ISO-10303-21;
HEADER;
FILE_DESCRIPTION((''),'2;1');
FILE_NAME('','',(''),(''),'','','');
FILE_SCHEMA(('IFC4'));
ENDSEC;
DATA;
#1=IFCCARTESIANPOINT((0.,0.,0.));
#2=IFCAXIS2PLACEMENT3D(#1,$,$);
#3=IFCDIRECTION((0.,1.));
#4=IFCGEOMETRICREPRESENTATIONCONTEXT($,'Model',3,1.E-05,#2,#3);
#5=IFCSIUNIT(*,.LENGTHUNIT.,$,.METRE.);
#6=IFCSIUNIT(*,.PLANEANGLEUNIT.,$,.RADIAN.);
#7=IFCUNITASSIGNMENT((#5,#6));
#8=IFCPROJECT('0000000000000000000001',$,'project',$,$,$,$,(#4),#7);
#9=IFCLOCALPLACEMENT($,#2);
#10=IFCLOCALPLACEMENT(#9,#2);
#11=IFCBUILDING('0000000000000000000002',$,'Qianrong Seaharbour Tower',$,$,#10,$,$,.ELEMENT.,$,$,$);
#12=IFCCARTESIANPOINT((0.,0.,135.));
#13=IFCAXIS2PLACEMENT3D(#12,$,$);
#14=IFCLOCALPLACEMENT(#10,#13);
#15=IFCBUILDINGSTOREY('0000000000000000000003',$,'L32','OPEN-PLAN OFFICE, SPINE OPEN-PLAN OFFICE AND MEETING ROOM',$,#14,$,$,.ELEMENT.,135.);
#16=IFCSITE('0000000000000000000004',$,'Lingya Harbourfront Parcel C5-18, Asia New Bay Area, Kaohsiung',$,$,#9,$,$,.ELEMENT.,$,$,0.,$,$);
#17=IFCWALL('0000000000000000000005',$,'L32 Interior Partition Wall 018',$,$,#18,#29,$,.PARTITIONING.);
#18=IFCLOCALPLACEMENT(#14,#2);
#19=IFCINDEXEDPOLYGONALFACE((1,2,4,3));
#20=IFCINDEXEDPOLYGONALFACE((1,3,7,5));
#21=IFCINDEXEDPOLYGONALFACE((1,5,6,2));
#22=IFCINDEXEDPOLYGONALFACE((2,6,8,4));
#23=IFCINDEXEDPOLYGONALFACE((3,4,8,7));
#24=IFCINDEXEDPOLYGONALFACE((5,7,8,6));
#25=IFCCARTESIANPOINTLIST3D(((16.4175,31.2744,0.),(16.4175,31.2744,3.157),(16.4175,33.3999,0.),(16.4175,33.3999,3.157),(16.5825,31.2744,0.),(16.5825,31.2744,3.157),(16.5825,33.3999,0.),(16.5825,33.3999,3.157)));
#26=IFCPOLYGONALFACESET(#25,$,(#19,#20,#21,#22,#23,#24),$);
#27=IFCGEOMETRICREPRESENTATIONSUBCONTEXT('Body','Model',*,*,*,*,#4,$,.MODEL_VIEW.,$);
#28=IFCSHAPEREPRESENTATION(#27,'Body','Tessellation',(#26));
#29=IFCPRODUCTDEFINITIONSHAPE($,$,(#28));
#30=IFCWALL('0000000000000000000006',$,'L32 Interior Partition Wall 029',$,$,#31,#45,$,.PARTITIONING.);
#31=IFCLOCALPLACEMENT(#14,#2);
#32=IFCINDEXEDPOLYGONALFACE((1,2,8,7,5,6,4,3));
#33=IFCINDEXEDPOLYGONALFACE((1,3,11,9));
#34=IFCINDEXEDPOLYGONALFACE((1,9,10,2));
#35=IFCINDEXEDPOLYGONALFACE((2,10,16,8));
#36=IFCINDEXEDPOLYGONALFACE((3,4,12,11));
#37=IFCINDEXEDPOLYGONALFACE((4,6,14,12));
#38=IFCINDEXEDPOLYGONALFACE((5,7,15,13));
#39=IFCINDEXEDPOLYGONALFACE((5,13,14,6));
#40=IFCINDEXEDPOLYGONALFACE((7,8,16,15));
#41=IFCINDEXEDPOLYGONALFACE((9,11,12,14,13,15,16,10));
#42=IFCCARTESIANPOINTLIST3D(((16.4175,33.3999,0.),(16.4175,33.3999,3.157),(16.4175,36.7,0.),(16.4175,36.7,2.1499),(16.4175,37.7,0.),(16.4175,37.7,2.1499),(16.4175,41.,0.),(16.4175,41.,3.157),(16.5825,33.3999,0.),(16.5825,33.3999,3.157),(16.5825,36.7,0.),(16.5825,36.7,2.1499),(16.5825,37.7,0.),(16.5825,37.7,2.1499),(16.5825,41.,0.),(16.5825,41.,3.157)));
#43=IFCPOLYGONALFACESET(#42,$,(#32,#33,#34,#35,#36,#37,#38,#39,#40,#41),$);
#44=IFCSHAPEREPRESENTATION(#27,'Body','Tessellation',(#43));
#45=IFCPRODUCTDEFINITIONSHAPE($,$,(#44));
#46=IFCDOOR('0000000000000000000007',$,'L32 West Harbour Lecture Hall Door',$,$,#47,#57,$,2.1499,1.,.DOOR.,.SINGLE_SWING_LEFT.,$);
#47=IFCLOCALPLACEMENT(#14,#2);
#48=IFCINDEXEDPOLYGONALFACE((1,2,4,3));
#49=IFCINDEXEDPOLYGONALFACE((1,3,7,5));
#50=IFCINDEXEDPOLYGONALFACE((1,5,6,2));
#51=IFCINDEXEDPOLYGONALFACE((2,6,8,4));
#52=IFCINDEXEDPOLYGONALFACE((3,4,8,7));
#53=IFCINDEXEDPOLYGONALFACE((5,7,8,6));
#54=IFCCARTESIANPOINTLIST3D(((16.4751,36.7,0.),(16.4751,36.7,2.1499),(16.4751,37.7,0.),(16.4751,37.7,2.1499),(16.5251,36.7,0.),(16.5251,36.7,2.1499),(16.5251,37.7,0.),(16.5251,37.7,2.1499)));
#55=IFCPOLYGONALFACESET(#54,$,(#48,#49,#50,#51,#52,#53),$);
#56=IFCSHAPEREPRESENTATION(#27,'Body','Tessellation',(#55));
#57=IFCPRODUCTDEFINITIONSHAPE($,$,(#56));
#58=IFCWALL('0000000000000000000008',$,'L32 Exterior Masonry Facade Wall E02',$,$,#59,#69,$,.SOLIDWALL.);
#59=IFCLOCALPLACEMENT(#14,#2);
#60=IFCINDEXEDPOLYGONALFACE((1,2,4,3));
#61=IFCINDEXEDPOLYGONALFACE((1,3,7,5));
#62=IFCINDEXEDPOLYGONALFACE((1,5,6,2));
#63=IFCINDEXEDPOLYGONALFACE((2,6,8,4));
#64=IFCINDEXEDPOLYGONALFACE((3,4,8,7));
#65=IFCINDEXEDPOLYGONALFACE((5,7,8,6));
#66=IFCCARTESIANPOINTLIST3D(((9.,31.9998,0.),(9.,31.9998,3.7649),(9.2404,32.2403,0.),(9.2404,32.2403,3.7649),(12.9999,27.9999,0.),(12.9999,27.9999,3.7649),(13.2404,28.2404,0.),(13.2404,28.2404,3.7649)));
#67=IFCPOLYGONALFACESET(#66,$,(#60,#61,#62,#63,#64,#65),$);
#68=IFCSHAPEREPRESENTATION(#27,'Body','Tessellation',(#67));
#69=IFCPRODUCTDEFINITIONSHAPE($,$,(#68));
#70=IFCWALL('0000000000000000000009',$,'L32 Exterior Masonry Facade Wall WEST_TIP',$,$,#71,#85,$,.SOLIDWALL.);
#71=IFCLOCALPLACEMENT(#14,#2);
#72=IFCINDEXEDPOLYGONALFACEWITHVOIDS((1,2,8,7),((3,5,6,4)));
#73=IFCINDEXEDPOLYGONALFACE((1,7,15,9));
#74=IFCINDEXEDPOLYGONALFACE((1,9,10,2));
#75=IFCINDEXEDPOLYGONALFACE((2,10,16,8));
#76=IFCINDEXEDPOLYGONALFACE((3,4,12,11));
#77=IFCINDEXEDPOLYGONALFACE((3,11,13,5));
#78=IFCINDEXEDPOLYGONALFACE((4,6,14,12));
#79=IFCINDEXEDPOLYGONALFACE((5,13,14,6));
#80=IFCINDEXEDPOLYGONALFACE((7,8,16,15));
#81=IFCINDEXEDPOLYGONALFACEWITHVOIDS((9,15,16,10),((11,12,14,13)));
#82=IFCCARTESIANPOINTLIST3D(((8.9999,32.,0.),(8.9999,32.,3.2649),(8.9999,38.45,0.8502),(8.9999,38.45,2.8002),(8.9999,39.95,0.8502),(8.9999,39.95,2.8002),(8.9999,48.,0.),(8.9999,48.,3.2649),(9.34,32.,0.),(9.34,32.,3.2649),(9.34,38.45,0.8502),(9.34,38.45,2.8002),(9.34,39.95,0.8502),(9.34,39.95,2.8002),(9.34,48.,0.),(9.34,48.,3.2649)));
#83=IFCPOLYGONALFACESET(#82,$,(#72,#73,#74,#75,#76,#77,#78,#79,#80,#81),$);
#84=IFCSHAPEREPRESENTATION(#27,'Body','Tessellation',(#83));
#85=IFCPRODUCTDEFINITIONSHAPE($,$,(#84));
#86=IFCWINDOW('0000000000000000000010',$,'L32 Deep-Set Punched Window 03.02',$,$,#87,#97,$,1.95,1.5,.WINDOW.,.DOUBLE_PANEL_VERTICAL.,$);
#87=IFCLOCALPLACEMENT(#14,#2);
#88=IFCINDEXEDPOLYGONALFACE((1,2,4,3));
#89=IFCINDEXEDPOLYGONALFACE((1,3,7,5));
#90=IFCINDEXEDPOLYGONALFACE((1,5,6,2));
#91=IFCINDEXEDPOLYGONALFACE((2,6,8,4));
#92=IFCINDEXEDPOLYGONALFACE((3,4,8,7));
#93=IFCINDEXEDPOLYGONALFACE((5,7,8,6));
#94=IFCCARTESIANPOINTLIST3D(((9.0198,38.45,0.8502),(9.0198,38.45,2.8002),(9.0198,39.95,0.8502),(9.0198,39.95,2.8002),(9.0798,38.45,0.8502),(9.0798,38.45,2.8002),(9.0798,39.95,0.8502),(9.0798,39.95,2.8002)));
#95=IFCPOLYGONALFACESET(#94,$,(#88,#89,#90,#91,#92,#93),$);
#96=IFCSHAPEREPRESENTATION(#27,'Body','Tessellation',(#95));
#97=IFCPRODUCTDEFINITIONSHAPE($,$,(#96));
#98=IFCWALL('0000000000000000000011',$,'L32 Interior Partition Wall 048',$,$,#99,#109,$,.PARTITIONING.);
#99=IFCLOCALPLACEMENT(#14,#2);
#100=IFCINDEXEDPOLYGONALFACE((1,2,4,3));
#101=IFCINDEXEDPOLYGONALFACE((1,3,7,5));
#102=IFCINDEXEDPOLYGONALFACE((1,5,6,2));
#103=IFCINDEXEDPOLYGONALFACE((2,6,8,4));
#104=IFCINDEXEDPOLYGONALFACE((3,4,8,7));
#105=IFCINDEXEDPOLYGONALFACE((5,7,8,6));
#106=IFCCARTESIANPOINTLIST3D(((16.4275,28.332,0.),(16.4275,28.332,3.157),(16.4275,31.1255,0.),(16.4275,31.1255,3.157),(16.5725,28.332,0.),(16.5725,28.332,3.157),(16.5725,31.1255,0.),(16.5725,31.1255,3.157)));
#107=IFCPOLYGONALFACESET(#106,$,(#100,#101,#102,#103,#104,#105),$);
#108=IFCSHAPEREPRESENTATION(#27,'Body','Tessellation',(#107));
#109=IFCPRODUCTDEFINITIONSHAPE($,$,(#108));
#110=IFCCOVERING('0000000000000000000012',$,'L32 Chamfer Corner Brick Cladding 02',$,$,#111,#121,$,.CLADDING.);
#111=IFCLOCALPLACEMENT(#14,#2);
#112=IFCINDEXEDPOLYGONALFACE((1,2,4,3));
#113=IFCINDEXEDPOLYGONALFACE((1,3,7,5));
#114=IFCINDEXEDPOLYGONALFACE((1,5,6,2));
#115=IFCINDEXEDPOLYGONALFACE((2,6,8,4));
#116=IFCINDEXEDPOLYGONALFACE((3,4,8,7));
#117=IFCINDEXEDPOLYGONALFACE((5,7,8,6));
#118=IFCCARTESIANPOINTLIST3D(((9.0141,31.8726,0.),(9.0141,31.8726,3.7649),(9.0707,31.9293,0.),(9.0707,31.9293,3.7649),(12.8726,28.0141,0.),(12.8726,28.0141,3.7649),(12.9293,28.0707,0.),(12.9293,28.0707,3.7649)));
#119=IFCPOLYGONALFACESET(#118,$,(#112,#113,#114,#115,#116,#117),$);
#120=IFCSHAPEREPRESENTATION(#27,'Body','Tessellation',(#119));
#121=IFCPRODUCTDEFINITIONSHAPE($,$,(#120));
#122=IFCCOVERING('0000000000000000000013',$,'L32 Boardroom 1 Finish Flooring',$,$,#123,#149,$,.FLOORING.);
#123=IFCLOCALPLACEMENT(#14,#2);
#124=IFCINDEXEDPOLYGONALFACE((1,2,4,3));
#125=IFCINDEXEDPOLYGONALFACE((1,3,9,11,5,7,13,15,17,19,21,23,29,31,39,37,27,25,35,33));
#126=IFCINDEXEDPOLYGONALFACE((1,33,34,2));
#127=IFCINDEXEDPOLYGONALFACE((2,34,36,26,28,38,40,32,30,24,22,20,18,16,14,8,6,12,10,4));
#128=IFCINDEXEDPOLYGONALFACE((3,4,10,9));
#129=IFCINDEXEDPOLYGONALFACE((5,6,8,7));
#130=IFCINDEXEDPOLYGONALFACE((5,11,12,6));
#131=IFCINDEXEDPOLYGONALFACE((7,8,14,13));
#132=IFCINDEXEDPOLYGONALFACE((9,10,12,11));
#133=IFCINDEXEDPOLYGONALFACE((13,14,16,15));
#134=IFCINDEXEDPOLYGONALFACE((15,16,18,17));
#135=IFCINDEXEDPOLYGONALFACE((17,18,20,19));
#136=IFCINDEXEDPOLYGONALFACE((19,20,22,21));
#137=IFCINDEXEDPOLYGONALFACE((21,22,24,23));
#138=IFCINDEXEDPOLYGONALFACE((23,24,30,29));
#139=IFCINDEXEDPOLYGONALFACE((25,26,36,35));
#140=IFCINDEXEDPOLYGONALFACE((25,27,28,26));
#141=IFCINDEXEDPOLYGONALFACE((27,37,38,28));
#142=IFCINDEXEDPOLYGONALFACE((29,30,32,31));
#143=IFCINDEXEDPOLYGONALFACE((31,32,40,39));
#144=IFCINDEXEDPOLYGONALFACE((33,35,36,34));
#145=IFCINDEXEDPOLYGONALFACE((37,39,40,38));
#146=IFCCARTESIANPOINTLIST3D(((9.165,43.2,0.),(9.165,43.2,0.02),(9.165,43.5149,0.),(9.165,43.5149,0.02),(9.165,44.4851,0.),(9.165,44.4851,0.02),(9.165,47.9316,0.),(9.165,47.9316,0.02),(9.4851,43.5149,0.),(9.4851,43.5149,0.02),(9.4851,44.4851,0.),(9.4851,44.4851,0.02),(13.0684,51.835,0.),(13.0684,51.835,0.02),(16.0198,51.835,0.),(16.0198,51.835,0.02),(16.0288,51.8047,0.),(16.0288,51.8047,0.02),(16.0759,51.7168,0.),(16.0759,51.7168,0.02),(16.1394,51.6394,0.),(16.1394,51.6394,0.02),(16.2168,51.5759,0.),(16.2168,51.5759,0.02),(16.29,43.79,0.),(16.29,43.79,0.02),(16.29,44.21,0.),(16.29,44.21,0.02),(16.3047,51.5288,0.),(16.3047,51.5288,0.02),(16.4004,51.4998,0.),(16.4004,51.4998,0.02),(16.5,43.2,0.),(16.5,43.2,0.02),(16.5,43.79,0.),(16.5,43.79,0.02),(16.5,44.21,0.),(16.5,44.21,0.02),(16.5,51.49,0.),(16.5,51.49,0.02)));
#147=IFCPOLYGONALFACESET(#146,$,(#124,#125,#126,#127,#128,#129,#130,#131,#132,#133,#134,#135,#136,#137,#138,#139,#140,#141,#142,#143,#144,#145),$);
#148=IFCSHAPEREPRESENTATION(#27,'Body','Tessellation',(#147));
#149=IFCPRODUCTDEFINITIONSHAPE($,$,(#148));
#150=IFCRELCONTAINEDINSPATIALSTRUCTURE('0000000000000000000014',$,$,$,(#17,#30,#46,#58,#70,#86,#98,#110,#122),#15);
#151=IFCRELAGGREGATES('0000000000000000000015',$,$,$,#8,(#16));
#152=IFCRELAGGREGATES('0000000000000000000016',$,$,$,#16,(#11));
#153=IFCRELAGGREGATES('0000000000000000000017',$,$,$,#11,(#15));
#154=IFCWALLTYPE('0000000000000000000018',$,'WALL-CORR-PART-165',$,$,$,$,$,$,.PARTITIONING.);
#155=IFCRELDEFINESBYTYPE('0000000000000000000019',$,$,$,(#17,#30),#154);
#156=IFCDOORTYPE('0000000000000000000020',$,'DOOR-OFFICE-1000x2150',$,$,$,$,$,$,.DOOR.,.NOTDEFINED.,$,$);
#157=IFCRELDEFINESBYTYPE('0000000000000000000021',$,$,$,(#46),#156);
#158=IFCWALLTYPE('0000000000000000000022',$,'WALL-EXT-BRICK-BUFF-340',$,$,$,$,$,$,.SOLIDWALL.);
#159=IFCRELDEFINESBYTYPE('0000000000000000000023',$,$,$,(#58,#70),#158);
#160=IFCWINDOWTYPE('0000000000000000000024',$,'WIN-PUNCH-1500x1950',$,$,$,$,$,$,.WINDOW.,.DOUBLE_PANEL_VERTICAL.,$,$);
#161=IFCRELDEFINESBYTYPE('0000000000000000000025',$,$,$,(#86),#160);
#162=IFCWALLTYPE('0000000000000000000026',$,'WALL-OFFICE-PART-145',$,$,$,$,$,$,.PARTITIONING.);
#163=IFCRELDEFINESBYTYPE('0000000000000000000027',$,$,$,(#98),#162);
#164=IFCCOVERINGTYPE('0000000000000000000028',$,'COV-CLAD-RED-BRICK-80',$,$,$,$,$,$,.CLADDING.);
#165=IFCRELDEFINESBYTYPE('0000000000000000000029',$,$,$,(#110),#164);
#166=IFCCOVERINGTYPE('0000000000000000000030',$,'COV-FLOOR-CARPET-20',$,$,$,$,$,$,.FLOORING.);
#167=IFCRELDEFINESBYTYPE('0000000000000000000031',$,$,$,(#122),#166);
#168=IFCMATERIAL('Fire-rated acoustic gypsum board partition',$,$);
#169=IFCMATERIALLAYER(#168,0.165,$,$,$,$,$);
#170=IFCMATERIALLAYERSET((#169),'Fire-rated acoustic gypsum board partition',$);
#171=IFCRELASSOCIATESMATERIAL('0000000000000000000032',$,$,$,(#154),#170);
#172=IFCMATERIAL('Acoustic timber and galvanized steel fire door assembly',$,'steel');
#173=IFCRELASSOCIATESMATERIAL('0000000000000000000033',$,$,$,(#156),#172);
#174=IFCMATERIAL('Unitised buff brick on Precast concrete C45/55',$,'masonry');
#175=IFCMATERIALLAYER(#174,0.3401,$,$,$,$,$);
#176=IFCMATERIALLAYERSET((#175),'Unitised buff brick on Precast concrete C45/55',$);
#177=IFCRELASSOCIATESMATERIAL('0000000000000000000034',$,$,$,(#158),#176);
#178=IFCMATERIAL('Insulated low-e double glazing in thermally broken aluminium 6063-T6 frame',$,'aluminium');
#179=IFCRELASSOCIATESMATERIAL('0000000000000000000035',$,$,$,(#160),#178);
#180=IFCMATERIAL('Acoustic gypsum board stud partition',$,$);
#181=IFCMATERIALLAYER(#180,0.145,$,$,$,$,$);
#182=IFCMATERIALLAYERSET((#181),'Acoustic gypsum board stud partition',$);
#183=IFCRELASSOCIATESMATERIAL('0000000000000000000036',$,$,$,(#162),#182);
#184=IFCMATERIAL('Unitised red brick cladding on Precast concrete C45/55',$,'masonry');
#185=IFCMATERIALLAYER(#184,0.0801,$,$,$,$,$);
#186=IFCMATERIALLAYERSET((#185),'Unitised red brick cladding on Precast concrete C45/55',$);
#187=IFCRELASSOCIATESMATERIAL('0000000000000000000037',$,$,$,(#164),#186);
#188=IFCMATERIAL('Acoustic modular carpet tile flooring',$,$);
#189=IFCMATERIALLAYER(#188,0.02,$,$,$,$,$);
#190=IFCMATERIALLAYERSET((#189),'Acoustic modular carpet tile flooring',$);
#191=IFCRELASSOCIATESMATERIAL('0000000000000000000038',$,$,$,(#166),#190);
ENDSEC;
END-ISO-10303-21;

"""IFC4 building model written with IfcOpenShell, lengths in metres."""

from ifc_helpers import new_model, si_unit, direction, frame, frame_2d, origin, origin_2d, place, context, subcontext, project, spatial, polyline, rectangle, outline, extrude, material, layer, layer_set, type_object, element, fill, save


model = new_model("IFC4")

# Units and contexts
model_context = context("Model", 3, precision=1e-05, world=origin(), true_north=direction((0.0, 1.0)))
body_context = subcontext(model_context, "Body", "Model", "MODEL_VIEW")
ifc_project = project(units=[si_unit("LENGTHUNIT", "METRE"), si_unit("PLANEANGLEUNIT", "RADIAN")], contexts=[model_context])

# Site, building, storey
site_placement = place(None, origin())
site = spatial("IfcSite", under=ifc_project, at=site_placement, Name="Lingya Harbourfront Parcel C5-18, Asia New Bay Area, Kaohsiung", CompositionType="ELEMENT", RefElevation=0.0)
building_placement = place(site_placement, origin())
building = spatial("IfcBuilding", under=site, at=building_placement, Name="Qianrong Seaharbour Tower", CompositionType="ELEMENT")
storey_placement = place(building_placement, frame((0.0, 0.0, 135.0)))
storey = spatial("IfcBuildingStorey", under=building, at=storey_placement, Name="L32", Description="OPEN-PLAN OFFICE, SPINE OPEN-PLAN OFFICE AND MEETING ROOM", CompositionType="ELEMENT", Elevation=135.0)

# Wall
ifc_material_1 = material(Name="Fire-rated acoustic gypsum board partition")
ifc_layer_1 = layer(ifc_material_1, 0.165)
ifc_layer_set_1 = layer_set([ifc_layer_1], Name="Fire-rated acoustic gypsum board partition")
wall_type_1 = type_object("IfcWallType", Name="WALL-CORR-PART-165", PredefinedType="PARTITIONING", material=ifc_layer_set_1)
wall_1_placement = place(storey_placement, frame((16.5, 31.2744, 0.0), z_axis=(0.0, 0.0, 1.0), x_axis=(0.0, 1.0, 0.0)))
element("IfcWall", 1, at=wall_1_placement, inside=storey, type_object=wall_type_1, Name="L32 Interior Partition Wall 018", PredefinedType="PARTITIONING", context=body_context, shape_type="SweptSolid", body=[
    extrude(rectangle(XDim=2.1255, YDim=0.165, at=frame_2d((1.0627, 0.0))), origin(), (0.0, 0.0, 1.0), 3.157),
])

# Wall, opening, door
wall_2_placement = place(storey_placement, frame((16.5, 33.3999, 0.0), z_axis=(0.0, 0.0, 1.0), x_axis=(0.0, 1.0, 0.0)))
wall_2 = element("IfcWall", 2, at=wall_2_placement, inside=storey, type_object=wall_type_1, Name="L32 Interior Partition Wall 029", PredefinedType="PARTITIONING", context=body_context, shape_type="SweptSolid", body=[
    extrude(rectangle(XDim=7.6001, YDim=0.165, at=frame_2d((3.8, 0.0))), origin(), (0.0, 0.0, 1.0), 3.157),
])
opening_1_placement = place(wall_2_placement, frame((3.3, 0.0, 0.0)))
opening_1 = element("IfcOpeningElement", 3, at=opening_1_placement, cuts=wall_2, PredefinedType="OPENING", context=body_context, shape_type="SweptSolid", body=[
    extrude(rectangle(XDim=1.0, YDim=2.1499, at=frame_2d((0.5, 1.075))), frame((0.0, 0.0925, 0.0), z_axis=(0.0, -1.0, 0.0), x_axis=(1.0, 0.0, 0.0)), (0.0, 0.0, 1.0), 0.1851),
])
ifc_material_2 = material(Name="Acoustic timber and galvanized steel fire door assembly", Category="steel")
door_type = type_object("IfcDoorType", Name="DOOR-OFFICE-1000x2150", OperationType="NOTDEFINED", PredefinedType="DOOR", material=ifc_material_2)
door_placement = place(opening_1_placement, origin())
door = element("IfcDoor", 4, at=door_placement, inside=storey, type_object=door_type, Name="L32 West Harbour Lecture Hall Door", OperationType="SINGLE_SWING_LEFT", OverallHeight=2.1499, OverallWidth=1.0, PredefinedType="DOOR", context=body_context, shape_type="SweptSolid", body=[
    extrude(rectangle(XDim=1.0, YDim=2.1499, at=frame_2d((0.5, 1.075))), frame((0.0, 0.0249, 0.0), z_axis=(0.0, -1.0, 0.0), x_axis=(1.0, 0.0, 0.0)), (0.0, 0.0, 1.0), 0.05),
])
fill(opening_1, door)

# Wall
ifc_material_3 = material(Name="Unitised buff brick on Precast concrete C45/55", Category="masonry")
ifc_layer_2 = layer(ifc_material_3, 0.3401)
ifc_layer_set_2 = layer_set([ifc_layer_2], Name="Unitised buff brick on Precast concrete C45/55")
wall_type_2 = type_object("IfcWallType", Name="WALL-EXT-BRICK-BUFF-340", PredefinedType="SOLIDWALL", material=ifc_layer_set_2)
wall_3_placement = place(storey_placement, frame((13.1201, 28.1201, 0.0), z_axis=(0.0, 0.0, 1.0), x_axis=(-0.707107, 0.707107, 0.0)))
element("IfcWall", 5, at=wall_3_placement, inside=storey, type_object=wall_type_2, Name="L32 Exterior Masonry Facade Wall E02", PredefinedType="SOLIDWALL", context=body_context, shape_type="SweptSolid", body=[
    extrude(rectangle(XDim=5.6567, YDim=0.3401, at=frame_2d((2.8284, 0.0))), origin(), (0.0, 0.0, 1.0), 3.7649),
])

# Wall, opening, window
wall_4_placement = place(storey_placement, frame((9.1699, 32.0, 0.0), z_axis=(0.0, 0.0, 1.0), x_axis=(0.0, 1.0, 0.0)))
wall_4 = element("IfcWall", 6, at=wall_4_placement, inside=storey, type_object=wall_type_2, Name="L32 Exterior Masonry Facade Wall WEST_TIP", PredefinedType="SOLIDWALL", context=body_context, shape_type="SweptSolid", body=[
    extrude(rectangle(XDim=16.0, YDim=0.3401, at=frame_2d((8.0, 0.0))), origin(), (0.0, 0.0, 1.0), 3.2649),
])
opening_2_placement = place(wall_4_placement, frame((6.45, 0.0, 0.8501)))
opening_2 = element("IfcOpeningElement", 7, at=opening_2_placement, cuts=wall_4, PredefinedType="OPENING", context=body_context, shape_type="SweptSolid", body=[
    extrude(rectangle(XDim=1.5, YDim=1.95, at=frame_2d((0.75, 0.9751))), frame((0.0, 0.1802, 0.0), z_axis=(0.0, -1.0, 0.0), x_axis=(1.0, 0.0, 0.0)), (0.0, 0.0, 1.0), 0.3601),
])
ifc_material_4 = material(Name="Insulated low-e double glazing in thermally broken aluminium 6063-T6 frame", Category="aluminium")
window_type = type_object("IfcWindowType", Name="WIN-PUNCH-1500x1950", PartitioningType="DOUBLE_PANEL_VERTICAL", PredefinedType="WINDOW", material=ifc_material_4)
window_placement = place(opening_2_placement, origin())
window = element("IfcWindow", 8, at=window_placement, inside=storey, type_object=window_type, Name="L32 Deep-Set Punched Window 03.02", OverallHeight=1.95, OverallWidth=1.5, PartitioningType="DOUBLE_PANEL_VERTICAL", PredefinedType="WINDOW", context=body_context, shape_type="SweptSolid", body=[
    extrude(rectangle(XDim=1.5, YDim=1.95, at=frame_2d((0.75, 0.9751))), frame((0.0, 0.1501, 0.0), z_axis=(0.0, -1.0, 0.0), x_axis=(1.0, 0.0, 0.0)), (0.0, 0.0, 1.0), 0.0601),
])
fill(opening_2, window)

# Wall
ifc_material_5 = material(Name="Acoustic gypsum board stud partition")
ifc_layer_3 = layer(ifc_material_5, 0.145)
ifc_layer_set_3 = layer_set([ifc_layer_3], Name="Acoustic gypsum board stud partition")
wall_type_3 = type_object("IfcWallType", Name="WALL-OFFICE-PART-145", PredefinedType="PARTITIONING", material=ifc_layer_set_3)
wall_5_placement = place(storey_placement, frame((16.5, 31.1255, 0.0), z_axis=(0.0, 0.0, 1.0), x_axis=(0.0, -1.0, 0.0)))
element("IfcWall", 9, at=wall_5_placement, inside=storey, type_object=wall_type_3, Name="L32 Interior Partition Wall 048", PredefinedType="PARTITIONING", context=body_context, shape_type="SweptSolid", body=[
    extrude(rectangle(XDim=2.7935, YDim=0.145, at=frame_2d((1.3967, 0.0))), origin(), (0.0, 0.0, 1.0), 3.157),
])

# Coverings
ifc_material_6 = material(Name="Unitised red brick cladding on Precast concrete C45/55", Category="masonry")
ifc_layer_4 = layer(ifc_material_6, 0.0801)
ifc_layer_set_4 = layer_set([ifc_layer_4], Name="Unitised red brick cladding on Precast concrete C45/55")
covering_type_1 = type_object("IfcCoveringType", Name="COV-CLAD-RED-BRICK-80", PredefinedType="CLADDING", material=ifc_layer_set_4)
covering_1_placement = place(storey_placement, frame((10.9717, 29.9717, 0.0), z_axis=(0.0, 0.0, 1.0), x_axis=(-0.707107, 0.707107, 0.0)))
element("IfcCovering", 10, at=covering_1_placement, inside=storey, type_object=covering_type_1, Name="L32 Chamfer Corner Brick Cladding 02", PredefinedType="CLADDING", context=body_context, shape_type="SweptSolid", body=[
    extrude(rectangle(XDim=5.4568, YDim=0.0801, at=origin_2d()), origin(), (0.0, 0.0, 1.0), 3.7649),
])
ifc_material_7 = material(Name="Acoustic modular carpet tile flooring")
ifc_layer_5 = layer(ifc_material_7, 0.02)
ifc_layer_set_5 = layer_set([ifc_layer_5], Name="Acoustic modular carpet tile flooring")
covering_type_2 = type_object("IfcCoveringType", Name="COV-FLOOR-CARPET-20", PredefinedType="FLOORING", material=ifc_layer_set_5)
covering_2_placement = place(storey_placement, origin())
element("IfcCovering", 11, at=covering_2_placement, inside=storey, type_object=covering_type_2, Name="L32 Boardroom 1 Finish Flooring", PredefinedType="FLOORING", context=body_context, shape_type="SweptSolid", body=[
    extrude(outline(polyline([(9.165, 43.5149), (9.4851, 43.5149), (9.4851, 44.4851), (9.165, 44.4851), (9.165, 47.9316), (13.0684, 51.835), (16.0198, 51.835), (16.0288, 51.8047), (16.0759, 51.7168), (16.1394, 51.6394), (16.2168, 51.5759), (16.3047, 51.5288), (16.4004, 51.4998), (16.5, 51.49), (16.5, 44.21), (16.29, 44.21), (16.29, 43.79), (16.5, 43.79), (16.5, 43.2), (9.165, 43.2), (9.165, 43.5149)])), origin(), (0.0, 0.0, 1.0), 0.02),
])

save(model, "model.ifc")
